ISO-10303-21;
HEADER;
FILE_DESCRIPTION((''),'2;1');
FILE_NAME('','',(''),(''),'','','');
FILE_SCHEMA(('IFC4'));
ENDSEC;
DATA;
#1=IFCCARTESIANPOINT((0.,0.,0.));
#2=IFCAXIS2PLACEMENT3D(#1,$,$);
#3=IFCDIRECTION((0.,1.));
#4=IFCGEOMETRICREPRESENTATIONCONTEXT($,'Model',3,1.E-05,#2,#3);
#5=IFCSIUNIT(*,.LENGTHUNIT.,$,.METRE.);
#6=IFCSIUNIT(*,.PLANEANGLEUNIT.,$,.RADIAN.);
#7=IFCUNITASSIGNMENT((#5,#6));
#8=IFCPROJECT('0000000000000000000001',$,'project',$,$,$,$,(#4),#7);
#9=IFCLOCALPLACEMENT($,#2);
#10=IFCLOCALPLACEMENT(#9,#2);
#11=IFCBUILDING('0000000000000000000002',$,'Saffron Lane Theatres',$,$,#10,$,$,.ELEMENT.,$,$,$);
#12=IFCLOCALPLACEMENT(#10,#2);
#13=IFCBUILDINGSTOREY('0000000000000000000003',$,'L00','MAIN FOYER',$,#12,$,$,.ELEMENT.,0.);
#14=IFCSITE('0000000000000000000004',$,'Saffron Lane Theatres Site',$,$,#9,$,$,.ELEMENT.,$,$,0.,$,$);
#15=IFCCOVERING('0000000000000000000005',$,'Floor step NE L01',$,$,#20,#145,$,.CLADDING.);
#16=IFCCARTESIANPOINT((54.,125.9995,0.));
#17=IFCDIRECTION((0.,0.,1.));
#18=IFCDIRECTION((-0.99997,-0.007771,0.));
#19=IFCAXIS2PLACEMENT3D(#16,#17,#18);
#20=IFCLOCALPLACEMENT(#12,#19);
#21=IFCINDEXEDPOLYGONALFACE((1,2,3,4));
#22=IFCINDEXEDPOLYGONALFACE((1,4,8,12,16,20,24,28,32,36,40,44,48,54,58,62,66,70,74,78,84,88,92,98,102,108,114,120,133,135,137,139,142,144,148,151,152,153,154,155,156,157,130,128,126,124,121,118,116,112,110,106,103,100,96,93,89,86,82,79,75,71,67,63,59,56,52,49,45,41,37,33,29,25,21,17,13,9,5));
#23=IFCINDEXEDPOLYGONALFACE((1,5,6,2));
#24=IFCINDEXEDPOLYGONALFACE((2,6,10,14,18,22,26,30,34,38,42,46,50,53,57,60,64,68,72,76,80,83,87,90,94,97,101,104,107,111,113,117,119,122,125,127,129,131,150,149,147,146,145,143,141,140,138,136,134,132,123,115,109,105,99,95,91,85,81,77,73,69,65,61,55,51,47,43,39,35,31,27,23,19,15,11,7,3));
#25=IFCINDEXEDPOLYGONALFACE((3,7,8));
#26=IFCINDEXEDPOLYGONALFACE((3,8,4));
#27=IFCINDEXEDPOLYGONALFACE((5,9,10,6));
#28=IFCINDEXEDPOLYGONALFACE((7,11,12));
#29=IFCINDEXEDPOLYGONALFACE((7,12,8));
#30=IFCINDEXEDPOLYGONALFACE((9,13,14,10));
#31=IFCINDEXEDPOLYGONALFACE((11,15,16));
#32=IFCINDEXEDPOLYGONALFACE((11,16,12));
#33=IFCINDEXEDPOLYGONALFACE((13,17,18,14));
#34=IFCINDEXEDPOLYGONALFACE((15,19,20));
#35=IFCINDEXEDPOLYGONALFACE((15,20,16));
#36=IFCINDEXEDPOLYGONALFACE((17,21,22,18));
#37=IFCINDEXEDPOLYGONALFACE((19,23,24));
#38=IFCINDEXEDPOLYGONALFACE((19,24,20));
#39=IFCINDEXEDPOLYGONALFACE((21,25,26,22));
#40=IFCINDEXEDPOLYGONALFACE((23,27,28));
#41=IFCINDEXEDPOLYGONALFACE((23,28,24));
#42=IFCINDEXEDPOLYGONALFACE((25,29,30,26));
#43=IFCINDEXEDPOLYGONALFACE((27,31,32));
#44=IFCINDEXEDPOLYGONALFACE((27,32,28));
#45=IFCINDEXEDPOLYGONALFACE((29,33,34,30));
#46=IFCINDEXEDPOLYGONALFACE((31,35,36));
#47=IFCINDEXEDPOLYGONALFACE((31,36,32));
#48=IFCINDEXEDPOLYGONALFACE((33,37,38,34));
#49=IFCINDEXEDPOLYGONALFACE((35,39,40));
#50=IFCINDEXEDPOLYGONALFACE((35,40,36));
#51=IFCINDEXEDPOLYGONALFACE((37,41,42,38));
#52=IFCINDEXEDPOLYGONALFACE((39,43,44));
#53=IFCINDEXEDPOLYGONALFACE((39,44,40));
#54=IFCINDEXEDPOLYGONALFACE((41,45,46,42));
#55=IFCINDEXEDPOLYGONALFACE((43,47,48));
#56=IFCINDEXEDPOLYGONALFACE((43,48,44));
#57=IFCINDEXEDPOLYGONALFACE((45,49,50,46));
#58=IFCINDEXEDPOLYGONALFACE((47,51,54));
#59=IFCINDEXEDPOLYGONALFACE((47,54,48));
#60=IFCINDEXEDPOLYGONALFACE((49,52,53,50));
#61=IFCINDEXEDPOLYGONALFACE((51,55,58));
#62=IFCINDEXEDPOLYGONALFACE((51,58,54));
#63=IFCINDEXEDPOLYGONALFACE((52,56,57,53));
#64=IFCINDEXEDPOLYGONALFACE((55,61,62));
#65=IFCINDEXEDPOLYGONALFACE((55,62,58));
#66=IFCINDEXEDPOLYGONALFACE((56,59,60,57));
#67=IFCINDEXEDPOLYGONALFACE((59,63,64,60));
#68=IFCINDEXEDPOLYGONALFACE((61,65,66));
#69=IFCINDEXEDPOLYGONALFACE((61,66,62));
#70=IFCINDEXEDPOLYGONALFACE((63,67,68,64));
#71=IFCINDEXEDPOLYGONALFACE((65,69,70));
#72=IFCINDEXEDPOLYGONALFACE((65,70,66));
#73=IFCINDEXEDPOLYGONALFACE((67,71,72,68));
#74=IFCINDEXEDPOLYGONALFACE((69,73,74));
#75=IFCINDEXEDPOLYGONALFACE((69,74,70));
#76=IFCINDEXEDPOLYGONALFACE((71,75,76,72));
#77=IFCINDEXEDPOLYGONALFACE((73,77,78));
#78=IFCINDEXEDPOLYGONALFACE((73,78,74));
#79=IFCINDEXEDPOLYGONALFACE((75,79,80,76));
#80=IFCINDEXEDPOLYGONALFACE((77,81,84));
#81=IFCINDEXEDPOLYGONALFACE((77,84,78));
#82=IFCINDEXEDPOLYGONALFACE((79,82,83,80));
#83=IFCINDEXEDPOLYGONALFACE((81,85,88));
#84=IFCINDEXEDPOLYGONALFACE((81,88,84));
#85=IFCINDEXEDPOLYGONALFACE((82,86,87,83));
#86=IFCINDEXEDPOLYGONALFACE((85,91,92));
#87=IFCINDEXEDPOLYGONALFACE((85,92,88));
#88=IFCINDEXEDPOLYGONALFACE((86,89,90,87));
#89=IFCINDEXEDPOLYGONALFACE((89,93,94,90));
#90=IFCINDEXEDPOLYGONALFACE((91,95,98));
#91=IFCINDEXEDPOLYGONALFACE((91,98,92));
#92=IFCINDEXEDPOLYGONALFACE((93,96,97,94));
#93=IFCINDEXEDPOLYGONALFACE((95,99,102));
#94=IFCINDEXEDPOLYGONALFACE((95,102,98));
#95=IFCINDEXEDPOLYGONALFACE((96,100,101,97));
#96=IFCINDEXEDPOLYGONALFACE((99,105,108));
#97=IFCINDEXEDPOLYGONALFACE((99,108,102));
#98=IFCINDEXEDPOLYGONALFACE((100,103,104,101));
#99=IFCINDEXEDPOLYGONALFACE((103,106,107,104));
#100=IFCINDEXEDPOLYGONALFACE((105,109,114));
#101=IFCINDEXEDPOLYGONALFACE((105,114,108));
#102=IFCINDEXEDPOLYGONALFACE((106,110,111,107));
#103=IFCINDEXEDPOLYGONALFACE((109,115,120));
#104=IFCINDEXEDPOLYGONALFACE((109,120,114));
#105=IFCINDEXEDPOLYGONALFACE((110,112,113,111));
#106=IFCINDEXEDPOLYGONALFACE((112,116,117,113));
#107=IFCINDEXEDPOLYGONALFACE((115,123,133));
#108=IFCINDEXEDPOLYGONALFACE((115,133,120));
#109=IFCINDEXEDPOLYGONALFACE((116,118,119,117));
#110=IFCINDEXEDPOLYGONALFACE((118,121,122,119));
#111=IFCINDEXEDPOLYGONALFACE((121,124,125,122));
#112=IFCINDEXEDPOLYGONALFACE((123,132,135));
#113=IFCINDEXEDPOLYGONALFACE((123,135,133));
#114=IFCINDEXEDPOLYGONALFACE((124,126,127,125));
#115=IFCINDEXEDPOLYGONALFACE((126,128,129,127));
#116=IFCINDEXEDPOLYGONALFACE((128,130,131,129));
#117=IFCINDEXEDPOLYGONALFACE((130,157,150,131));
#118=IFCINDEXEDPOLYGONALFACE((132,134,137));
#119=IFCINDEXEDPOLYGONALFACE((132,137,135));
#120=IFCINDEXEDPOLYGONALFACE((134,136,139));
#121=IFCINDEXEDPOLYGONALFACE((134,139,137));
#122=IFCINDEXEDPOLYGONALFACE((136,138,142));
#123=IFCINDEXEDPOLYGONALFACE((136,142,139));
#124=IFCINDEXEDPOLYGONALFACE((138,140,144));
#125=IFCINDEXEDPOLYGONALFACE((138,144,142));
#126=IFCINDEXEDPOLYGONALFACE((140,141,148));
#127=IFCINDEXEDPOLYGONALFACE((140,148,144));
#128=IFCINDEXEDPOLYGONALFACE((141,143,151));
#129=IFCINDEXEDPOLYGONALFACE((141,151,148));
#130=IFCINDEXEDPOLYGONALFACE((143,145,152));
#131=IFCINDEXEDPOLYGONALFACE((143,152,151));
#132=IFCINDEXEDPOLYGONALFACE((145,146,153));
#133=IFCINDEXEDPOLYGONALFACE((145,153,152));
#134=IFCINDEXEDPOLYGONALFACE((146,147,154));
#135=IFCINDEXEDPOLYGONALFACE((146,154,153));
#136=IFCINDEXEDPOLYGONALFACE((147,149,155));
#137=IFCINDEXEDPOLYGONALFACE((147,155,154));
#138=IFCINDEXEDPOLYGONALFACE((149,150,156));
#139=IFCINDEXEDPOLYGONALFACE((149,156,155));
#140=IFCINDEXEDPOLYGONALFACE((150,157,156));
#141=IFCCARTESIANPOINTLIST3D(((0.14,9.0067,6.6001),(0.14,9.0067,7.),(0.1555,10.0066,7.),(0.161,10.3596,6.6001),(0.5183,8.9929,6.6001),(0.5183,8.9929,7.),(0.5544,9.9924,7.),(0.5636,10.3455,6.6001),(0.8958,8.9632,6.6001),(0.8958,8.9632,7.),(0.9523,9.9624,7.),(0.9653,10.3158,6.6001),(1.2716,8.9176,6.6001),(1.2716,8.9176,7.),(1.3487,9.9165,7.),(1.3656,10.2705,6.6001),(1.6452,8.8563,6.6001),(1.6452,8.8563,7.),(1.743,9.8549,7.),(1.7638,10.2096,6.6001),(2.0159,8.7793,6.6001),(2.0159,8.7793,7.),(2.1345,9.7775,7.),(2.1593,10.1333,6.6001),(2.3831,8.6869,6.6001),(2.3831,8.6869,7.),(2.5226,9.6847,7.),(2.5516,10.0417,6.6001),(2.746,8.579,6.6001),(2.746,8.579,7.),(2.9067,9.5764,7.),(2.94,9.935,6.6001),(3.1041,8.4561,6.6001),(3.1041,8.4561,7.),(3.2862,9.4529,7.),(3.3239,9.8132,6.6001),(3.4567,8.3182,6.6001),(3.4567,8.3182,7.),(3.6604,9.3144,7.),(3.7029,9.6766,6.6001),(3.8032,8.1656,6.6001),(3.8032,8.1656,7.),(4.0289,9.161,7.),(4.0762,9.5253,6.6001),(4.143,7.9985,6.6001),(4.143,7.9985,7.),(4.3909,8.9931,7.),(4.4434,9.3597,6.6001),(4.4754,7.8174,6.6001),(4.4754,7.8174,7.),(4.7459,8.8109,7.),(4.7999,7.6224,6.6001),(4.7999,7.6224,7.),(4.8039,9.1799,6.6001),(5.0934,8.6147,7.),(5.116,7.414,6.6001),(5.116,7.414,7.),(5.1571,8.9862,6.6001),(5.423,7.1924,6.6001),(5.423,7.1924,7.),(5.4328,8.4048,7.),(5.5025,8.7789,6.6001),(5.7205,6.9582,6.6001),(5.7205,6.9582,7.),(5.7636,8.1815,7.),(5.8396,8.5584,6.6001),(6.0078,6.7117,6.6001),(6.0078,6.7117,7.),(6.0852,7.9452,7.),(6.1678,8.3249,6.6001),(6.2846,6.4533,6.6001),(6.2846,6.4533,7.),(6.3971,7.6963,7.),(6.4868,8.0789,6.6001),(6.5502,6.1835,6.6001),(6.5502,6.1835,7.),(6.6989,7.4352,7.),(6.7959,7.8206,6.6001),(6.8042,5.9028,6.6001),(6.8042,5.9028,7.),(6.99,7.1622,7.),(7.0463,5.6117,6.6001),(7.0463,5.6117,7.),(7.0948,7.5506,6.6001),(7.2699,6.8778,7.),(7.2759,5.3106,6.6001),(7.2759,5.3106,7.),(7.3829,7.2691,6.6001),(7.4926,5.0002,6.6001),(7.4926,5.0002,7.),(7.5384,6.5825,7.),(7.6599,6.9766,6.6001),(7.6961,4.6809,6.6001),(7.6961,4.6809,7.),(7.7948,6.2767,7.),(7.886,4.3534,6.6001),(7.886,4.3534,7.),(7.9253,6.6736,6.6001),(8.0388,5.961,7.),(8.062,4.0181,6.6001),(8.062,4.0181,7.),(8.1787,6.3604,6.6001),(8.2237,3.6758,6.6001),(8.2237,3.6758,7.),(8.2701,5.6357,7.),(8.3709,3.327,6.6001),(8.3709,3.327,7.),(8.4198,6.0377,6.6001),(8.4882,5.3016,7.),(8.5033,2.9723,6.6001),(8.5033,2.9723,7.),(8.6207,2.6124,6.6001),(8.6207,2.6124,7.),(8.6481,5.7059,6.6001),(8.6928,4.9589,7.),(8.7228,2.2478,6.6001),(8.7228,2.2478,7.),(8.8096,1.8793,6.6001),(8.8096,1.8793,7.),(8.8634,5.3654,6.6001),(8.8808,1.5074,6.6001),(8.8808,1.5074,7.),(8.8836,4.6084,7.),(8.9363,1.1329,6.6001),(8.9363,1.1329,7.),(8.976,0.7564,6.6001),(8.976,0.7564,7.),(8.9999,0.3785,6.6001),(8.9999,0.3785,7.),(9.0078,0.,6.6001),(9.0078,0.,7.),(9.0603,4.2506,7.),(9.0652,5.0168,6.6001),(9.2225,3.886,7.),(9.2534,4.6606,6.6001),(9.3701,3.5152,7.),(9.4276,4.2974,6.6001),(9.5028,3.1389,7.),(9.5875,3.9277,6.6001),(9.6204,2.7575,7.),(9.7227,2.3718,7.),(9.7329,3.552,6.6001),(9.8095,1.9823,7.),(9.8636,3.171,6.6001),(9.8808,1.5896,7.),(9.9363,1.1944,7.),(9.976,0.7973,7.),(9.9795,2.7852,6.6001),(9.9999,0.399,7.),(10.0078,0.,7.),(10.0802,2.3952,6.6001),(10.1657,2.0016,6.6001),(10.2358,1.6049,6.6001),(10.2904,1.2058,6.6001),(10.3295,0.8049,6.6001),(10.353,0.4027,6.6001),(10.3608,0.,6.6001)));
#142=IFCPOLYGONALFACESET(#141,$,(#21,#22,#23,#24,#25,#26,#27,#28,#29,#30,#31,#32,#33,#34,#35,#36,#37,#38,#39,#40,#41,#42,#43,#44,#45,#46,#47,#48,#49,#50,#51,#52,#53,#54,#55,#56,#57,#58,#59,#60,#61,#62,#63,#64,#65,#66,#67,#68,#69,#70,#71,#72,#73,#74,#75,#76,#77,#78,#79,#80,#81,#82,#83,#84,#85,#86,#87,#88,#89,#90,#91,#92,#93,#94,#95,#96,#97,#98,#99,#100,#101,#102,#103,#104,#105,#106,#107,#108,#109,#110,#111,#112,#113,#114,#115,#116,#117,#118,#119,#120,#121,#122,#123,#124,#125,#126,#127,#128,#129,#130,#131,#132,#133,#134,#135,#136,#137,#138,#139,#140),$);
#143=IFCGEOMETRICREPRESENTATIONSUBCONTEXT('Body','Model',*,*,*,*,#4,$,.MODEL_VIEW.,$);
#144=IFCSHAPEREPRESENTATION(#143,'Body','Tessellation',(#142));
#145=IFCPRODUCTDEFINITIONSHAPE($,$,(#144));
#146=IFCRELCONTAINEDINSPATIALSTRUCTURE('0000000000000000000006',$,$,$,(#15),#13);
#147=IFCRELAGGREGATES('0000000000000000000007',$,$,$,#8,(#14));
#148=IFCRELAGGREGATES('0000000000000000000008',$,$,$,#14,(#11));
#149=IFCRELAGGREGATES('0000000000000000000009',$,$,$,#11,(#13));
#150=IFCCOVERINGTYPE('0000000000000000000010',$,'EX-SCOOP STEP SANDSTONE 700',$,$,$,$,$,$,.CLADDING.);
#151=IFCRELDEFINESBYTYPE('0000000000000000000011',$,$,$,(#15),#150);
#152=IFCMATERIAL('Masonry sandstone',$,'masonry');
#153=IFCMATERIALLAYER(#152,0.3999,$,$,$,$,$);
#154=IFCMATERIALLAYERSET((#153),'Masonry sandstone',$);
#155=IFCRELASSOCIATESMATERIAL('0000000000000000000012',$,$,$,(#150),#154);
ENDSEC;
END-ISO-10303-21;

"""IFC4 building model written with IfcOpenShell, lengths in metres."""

from ifc_helpers import new_model, entity, si_unit, direction, frame, origin, place, context, subcontext, project, spatial, material, layer, layer_set, type_object, element, save


model = new_model("IFC4")

# Units and contexts
model_context = context("Model", 3, precision=1e-05, world=origin(), true_north=direction((0.0, 1.0)))
body_context = subcontext(model_context, "Body", "Model", "MODEL_VIEW")
ifc_project = project(units=[si_unit("LENGTHUNIT", "METRE"), si_unit("PLANEANGLEUNIT", "RADIAN")], contexts=[model_context])

# Site, building, storey
site_placement = place(None, origin())
site = spatial("IfcSite", under=ifc_project, at=site_placement, Name="Saffron Lane Theatres Site", CompositionType="ELEMENT", RefElevation=0.0)
building_placement = place(site_placement, origin())
building = spatial("IfcBuilding", under=site, at=building_placement, Name="Saffron Lane Theatres", CompositionType="ELEMENT")
storey_placement = place(building_placement, origin())
storey = spatial("IfcBuildingStorey", under=building, at=storey_placement, Name="L00", Description="MAIN FOYER", CompositionType="ELEMENT", Elevation=0.0)

# Covering
ifc_material_1 = material(Name="Masonry sandstone", Category="masonry")
ifc_layer_1 = layer(ifc_material_1, 0.3999)
ifc_layer_set_1 = layer_set([ifc_layer_1], Name="Masonry sandstone")
covering_type_1 = type_object("IfcCoveringType", Name="EX-SCOOP STEP SANDSTONE 700", PredefinedType="CLADDING", material=ifc_layer_set_1)
covering_1_placement = place(storey_placement, frame((54.0, 125.9995, 0.0), z_axis=(0.0, 0.0, 1.0), x_axis=(-0.99997, -0.007771, 0.0)))
cartesian_point_1 = entity("IfcCartesianPoint", [9.0078, 6.6001])
cartesian_point_2 = entity("IfcCartesianPoint", [0.0, 0.0, 0.0])
element("IfcCovering", 1, at=covering_1_placement, inside=storey, type_object=covering_type_1, Name="Floor step NE L01", PredefinedType="CLADDING", context=body_context, shape_type="SweptSolid", body=[
    entity("IfcRevolvedAreaSolid", entity("IfcArbitraryClosedProfileDef", "AREA", None, entity("IfcPolyline", [cartesian_point_1, entity("IfcCartesianPoint", [10.3608, 6.6001]), entity("IfcCartesianPoint", [10.0078, 7.0]), entity("IfcCartesianPoint", [9.0078, 7.0]), cartesian_point_1])), entity("IfcAxis2Placement3D", cartesian_point_2, entity("IfcDirection", [0.0, -1.0, 0.0]), entity("IfcDirection", [1.0, 0.0, 0.0])), entity("IfcAxis1Placement", cartesian_point_2, entity("IfcDirection", [0.0, 1.0, 0.0])), 1.555254),
])

save(model, "model.ifc")
